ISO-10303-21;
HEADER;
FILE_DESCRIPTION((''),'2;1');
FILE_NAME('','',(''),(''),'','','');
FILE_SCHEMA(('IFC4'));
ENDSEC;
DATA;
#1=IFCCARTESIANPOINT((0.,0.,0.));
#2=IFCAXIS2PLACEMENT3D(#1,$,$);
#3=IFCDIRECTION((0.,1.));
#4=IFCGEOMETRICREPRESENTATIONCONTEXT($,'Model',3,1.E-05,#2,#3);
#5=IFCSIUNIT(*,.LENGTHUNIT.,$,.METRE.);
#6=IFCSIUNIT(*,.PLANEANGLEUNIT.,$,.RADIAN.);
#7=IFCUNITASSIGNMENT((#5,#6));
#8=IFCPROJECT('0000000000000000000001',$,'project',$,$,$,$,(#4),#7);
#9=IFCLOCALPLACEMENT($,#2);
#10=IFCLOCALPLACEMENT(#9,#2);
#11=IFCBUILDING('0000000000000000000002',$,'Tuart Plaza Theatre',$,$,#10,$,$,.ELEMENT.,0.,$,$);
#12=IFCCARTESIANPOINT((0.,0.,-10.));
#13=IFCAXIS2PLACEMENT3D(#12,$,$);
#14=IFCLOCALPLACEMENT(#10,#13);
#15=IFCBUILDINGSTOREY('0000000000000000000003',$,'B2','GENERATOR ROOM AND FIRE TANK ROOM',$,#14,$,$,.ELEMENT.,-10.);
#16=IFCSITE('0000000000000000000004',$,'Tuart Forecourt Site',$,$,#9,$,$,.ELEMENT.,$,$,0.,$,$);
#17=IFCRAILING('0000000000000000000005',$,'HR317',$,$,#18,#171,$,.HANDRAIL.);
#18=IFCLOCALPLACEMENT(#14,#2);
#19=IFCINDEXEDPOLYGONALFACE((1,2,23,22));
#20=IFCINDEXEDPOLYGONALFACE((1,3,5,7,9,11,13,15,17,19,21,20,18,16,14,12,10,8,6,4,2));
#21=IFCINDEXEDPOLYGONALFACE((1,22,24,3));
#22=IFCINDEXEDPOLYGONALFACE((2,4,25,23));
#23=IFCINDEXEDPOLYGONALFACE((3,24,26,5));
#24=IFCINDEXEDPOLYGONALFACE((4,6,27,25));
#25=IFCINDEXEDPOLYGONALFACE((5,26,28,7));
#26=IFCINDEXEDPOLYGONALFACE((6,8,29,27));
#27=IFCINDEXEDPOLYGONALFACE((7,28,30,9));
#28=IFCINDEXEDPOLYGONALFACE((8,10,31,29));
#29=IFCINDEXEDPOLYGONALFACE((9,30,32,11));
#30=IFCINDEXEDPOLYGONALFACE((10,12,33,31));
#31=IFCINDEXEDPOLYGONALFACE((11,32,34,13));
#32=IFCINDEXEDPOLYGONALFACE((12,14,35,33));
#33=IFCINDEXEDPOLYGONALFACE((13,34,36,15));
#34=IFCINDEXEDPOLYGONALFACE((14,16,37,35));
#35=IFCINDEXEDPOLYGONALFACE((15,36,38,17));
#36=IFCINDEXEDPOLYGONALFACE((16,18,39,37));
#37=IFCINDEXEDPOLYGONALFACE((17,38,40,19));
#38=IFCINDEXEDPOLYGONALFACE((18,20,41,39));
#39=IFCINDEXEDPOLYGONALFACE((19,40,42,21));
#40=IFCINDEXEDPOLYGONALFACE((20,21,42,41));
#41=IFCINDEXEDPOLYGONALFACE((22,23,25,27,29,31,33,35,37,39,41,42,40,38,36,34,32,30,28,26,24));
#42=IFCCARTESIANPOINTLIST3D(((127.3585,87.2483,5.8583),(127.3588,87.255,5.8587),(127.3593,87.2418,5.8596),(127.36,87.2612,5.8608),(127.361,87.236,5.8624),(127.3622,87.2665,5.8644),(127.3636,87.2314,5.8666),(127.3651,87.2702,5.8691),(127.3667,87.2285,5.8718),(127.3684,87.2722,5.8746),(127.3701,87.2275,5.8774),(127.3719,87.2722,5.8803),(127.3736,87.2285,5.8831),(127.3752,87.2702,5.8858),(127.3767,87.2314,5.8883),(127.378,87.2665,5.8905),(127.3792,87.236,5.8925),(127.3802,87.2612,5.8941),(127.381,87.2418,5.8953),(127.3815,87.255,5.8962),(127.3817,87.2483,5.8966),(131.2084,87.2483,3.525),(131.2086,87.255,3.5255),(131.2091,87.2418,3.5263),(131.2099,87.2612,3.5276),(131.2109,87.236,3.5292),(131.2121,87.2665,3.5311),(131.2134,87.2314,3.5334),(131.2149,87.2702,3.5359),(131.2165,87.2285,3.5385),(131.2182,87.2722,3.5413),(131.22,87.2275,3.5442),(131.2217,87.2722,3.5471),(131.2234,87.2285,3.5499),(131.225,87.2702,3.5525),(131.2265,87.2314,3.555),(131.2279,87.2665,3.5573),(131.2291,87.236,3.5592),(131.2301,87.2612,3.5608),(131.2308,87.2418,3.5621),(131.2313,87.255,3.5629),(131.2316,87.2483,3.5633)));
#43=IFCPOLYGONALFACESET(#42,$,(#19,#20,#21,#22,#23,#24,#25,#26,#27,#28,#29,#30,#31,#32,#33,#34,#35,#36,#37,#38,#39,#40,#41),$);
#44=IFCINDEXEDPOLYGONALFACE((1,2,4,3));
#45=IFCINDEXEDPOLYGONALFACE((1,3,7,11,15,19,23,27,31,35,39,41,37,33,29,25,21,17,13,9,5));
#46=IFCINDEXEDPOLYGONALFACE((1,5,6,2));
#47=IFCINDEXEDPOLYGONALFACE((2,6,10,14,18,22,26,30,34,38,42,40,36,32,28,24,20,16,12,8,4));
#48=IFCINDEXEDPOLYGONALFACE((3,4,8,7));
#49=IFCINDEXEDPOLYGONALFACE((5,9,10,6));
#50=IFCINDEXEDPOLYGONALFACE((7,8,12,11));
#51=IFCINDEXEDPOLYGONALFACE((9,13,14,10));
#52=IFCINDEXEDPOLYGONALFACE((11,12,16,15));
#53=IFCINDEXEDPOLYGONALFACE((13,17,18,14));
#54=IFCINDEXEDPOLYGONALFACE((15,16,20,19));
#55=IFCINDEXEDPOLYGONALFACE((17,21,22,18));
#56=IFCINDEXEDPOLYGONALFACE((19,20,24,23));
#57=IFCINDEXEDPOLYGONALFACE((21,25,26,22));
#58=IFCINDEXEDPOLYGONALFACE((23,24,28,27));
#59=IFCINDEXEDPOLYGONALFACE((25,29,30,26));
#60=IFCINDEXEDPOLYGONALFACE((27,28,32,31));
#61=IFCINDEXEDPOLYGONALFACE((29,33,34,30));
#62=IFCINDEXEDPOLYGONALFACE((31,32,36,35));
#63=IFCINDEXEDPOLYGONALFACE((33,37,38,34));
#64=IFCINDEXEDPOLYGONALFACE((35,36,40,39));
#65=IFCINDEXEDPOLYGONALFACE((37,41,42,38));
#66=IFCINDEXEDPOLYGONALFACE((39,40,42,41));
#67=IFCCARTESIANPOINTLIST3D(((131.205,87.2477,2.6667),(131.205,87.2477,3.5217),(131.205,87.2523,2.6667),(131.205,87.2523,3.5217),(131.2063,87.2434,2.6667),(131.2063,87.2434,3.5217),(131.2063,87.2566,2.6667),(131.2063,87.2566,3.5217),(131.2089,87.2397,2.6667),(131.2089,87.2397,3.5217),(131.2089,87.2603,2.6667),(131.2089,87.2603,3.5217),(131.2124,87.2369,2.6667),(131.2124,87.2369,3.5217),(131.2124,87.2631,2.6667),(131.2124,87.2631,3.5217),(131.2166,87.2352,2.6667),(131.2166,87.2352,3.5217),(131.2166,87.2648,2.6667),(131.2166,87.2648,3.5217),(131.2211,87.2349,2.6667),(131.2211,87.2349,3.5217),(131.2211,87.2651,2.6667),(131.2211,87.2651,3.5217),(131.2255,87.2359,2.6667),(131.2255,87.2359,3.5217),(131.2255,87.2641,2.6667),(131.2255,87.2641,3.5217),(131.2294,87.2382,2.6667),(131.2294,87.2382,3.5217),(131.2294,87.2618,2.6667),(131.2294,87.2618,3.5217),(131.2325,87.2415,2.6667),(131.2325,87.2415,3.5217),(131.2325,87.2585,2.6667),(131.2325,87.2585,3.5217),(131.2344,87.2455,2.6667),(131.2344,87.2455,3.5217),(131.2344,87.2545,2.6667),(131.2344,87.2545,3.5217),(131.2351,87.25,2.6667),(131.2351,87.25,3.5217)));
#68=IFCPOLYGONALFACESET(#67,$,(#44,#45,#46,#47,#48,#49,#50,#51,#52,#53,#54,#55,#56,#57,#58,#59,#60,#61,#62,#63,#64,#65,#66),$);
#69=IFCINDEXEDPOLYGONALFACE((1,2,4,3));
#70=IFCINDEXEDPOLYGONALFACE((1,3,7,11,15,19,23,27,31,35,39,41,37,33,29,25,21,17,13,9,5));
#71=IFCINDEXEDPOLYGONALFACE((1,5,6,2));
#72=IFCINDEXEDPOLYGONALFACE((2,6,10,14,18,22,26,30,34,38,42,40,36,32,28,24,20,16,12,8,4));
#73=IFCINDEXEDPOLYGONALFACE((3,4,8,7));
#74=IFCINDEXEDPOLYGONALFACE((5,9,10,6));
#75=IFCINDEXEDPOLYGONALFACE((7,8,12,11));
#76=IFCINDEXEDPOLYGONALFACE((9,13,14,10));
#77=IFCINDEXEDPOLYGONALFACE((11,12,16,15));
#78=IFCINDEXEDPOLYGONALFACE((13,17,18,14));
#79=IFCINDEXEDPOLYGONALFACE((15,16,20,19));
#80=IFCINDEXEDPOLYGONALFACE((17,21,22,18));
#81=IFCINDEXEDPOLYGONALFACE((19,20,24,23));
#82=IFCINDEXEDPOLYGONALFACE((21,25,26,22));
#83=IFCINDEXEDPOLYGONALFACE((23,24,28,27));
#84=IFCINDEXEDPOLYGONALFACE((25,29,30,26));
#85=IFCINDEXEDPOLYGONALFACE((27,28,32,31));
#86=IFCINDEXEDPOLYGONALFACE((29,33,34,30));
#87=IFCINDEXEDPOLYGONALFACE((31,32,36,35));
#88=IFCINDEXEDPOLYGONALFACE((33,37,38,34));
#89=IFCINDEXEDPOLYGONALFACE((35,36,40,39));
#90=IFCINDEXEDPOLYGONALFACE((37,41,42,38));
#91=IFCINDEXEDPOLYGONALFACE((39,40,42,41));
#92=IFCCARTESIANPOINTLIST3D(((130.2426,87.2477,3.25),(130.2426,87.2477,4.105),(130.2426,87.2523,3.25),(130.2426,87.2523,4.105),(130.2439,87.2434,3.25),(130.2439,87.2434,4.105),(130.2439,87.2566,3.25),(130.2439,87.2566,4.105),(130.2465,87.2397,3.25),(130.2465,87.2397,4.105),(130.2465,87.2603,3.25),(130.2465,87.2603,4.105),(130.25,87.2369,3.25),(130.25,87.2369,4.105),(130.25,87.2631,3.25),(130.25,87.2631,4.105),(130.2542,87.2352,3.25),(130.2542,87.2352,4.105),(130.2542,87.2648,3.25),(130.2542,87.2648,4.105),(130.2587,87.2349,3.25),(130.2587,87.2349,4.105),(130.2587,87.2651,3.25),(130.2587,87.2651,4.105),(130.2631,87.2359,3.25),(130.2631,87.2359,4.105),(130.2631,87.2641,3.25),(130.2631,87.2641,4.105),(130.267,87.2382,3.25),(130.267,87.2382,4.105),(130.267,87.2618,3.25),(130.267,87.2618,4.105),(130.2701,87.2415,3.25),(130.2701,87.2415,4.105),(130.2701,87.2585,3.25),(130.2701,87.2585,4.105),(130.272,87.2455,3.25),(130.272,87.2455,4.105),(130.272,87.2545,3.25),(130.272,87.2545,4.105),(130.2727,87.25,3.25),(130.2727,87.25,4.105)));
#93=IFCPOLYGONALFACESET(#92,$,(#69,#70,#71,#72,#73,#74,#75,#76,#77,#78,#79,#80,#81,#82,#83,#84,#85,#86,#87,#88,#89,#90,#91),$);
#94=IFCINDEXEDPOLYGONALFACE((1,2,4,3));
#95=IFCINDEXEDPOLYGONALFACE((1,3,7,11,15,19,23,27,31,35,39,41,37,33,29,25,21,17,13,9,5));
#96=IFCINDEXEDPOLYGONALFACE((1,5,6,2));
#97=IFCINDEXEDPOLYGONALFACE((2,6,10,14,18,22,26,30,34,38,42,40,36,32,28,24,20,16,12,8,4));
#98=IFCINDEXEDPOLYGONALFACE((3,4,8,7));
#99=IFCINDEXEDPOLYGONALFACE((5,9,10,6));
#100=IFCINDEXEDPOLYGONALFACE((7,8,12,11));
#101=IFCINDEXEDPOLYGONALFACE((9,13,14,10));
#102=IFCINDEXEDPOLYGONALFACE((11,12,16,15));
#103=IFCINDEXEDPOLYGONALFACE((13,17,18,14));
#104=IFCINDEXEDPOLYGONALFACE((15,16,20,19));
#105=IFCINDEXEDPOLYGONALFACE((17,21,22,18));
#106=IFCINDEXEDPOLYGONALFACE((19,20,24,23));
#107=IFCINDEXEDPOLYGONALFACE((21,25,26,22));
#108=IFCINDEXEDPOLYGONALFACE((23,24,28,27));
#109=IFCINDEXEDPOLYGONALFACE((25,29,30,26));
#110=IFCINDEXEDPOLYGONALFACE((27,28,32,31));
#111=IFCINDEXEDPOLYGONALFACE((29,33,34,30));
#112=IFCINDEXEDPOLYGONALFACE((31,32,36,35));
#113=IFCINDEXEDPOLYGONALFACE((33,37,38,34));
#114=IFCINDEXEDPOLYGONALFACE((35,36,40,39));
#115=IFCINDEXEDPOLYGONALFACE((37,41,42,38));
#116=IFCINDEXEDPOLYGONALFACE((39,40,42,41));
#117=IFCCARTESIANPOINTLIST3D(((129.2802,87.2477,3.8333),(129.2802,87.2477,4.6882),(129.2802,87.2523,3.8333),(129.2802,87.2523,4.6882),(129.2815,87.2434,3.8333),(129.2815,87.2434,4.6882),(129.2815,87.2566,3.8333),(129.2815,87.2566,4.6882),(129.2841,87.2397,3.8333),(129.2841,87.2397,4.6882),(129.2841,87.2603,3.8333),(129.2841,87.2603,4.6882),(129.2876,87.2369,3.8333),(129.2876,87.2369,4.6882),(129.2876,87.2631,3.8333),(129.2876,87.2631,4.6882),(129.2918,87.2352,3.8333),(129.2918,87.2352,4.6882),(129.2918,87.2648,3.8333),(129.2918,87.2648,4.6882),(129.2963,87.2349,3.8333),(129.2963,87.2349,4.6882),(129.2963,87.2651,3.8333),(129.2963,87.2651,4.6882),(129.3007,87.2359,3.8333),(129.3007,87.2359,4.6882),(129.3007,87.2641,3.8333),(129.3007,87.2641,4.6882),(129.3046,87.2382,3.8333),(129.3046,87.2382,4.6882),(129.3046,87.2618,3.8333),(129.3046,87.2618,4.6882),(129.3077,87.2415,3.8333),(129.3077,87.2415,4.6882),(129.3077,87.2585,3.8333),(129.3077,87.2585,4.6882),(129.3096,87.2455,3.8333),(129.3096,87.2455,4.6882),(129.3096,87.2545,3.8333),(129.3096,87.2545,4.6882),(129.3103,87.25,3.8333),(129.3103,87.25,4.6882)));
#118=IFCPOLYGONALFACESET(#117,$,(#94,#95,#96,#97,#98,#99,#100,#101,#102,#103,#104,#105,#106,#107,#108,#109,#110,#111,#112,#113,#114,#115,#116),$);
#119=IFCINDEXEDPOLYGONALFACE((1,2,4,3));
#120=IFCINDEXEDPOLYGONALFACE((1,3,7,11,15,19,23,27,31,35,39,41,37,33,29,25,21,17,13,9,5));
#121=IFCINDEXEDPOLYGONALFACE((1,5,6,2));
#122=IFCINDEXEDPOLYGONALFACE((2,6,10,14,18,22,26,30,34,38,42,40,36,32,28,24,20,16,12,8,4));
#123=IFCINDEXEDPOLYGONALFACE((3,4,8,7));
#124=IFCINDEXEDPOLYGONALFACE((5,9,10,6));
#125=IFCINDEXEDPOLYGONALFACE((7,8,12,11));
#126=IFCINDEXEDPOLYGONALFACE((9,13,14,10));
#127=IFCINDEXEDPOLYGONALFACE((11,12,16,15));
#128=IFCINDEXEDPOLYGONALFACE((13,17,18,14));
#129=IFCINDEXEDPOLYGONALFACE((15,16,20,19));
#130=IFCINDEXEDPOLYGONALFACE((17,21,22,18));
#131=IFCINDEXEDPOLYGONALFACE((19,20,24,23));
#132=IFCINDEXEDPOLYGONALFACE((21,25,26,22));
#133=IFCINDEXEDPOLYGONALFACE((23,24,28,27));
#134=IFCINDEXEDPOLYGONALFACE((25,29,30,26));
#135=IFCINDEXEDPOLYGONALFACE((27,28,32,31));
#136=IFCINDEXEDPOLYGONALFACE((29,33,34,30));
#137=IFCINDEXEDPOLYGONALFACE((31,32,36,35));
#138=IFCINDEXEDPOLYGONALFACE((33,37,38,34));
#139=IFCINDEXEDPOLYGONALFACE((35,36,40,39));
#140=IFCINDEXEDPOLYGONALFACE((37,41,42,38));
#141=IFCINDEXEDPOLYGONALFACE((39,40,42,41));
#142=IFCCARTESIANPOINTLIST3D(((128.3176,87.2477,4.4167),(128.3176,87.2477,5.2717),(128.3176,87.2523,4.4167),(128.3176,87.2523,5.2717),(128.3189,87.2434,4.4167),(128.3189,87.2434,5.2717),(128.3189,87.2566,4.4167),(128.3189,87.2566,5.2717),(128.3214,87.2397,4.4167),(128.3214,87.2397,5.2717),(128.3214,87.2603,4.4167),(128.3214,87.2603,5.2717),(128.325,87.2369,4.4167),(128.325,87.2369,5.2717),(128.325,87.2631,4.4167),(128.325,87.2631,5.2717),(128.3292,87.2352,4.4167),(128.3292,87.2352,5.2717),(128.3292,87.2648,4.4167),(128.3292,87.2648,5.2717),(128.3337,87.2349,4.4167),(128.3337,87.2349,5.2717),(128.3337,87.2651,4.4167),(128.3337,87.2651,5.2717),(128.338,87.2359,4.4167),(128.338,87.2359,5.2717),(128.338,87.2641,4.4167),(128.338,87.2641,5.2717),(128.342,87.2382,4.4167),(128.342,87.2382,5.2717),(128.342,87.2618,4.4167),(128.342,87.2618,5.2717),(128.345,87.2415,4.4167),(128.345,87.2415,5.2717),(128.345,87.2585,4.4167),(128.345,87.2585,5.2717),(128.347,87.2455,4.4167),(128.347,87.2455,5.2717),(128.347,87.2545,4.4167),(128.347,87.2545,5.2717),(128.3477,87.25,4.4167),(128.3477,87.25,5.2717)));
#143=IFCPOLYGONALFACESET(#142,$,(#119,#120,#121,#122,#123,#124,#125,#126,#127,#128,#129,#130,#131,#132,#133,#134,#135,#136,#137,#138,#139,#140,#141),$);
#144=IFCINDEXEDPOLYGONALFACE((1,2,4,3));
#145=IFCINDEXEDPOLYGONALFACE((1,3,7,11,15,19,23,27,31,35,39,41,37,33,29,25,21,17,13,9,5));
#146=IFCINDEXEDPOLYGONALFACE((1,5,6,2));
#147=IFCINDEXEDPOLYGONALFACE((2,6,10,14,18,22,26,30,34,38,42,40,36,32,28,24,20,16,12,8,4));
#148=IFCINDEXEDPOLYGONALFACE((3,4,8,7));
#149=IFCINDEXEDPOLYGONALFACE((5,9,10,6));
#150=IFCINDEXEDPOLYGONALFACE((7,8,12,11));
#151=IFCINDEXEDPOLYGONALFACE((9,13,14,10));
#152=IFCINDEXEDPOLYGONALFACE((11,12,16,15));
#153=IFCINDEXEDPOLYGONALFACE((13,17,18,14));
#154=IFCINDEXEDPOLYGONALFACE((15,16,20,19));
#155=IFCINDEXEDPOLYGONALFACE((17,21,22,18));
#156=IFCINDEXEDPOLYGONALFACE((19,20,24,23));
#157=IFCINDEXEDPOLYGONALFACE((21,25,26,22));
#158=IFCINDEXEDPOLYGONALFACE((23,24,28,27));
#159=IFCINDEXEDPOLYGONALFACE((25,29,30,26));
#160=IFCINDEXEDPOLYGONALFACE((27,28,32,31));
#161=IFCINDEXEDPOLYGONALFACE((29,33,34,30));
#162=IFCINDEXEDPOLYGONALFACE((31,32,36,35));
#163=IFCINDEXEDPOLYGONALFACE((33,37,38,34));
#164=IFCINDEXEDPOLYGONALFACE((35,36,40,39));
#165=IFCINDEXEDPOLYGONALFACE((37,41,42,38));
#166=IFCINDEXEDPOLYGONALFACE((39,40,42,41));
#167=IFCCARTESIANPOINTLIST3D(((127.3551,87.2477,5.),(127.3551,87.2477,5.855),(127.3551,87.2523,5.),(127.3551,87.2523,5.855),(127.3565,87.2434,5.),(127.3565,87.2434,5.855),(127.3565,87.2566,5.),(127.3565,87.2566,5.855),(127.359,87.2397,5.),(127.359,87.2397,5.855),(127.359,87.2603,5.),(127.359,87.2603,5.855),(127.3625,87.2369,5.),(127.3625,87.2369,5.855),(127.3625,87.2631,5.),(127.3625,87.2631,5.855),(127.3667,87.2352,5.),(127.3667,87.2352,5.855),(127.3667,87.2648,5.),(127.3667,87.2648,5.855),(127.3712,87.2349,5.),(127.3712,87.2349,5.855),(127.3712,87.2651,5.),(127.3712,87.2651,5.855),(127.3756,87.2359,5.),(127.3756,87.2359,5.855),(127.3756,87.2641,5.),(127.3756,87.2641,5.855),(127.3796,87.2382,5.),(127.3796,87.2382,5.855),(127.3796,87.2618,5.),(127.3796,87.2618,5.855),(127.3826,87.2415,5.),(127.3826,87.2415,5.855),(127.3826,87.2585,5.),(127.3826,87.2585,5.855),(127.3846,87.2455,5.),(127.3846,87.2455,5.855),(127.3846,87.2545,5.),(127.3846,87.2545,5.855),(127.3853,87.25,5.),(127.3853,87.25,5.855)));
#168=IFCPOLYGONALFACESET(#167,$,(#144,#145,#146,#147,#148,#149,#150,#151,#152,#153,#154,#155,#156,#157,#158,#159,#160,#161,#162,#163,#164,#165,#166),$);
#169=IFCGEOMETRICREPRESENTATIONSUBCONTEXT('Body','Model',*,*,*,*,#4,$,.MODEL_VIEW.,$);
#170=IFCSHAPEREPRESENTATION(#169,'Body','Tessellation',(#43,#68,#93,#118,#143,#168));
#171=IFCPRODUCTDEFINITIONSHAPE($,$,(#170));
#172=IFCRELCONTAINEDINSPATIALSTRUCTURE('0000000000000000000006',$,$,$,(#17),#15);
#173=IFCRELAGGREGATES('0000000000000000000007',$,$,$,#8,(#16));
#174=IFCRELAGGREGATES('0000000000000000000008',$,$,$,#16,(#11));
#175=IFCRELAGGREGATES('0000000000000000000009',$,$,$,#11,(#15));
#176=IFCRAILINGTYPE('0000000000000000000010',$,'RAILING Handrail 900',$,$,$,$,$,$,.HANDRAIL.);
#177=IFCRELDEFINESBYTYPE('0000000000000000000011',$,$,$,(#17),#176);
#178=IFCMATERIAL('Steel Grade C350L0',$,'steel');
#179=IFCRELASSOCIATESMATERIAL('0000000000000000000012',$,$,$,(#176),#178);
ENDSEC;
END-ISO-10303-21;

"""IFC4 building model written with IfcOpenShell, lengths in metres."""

from ifc_helpers import new_model, si_unit, direction, frame, origin, origin_2d, place, context, subcontext, project, spatial, circle, extrude, material, type_object, element, save


model = new_model("IFC4")

# Units and contexts
model_context = context("Model", 3, precision=1e-05, world=origin(), true_north=direction((0.0, 1.0)))
body_context = subcontext(model_context, "Body", "Model", "MODEL_VIEW")
ifc_project = project(units=[si_unit("LENGTHUNIT", "METRE"), si_unit("PLANEANGLEUNIT", "RADIAN")], contexts=[model_context])

# Site, building, storey
site_placement = place(None, origin())
site = spatial("IfcSite", under=ifc_project, at=site_placement, Name="Tuart Forecourt Site", CompositionType="ELEMENT", RefElevation=0.0)
building_placement = place(site_placement, origin())
building = spatial("IfcBuilding", under=site, at=building_placement, Name="Tuart Plaza Theatre", CompositionType="ELEMENT", ElevationOfRefHeight=0.0)
storey_placement = place(building_placement, frame((0.0, 0.0, -10.0)))
storey = spatial("IfcBuildingStorey", under=building, at=storey_placement, Name="B2", Description="GENERATOR ROOM AND FIRE TANK ROOM", CompositionType="ELEMENT", Elevation=-10.0)

# Railing
ifc_material_1 = material(Name="Steel Grade C350L0", Category="steel")
railing_type_1 = type_object("IfcRailingType", Name="RAILING Handrail 900", PredefinedType="HANDRAIL", material=ifc_material_1)
for number, where, name in (
    (1, (131.22, 87.25, 2.6667), "HR317"),
):
    element("IfcRailing", number, at=place(storey_placement, frame(where)), inside=storey, type_object=railing_type_1, Name=name, PredefinedType="HANDRAIL", context=body_context, shape_type="SweptSolid", body=[
        extrude(circle(Radius=0.0225, at=origin_2d()), frame((0.0, 0.0, 0.8774), z_axis=(-0.855197, 0.0, 0.518303), x_axis=(0.0, -1.0, 0.0)), (0.0, 0.0, 1.0), 4.5017),
        extrude(circle(Radius=0.0151, at=origin_2d()), origin(), (0.0, 0.0, 1.0), 0.855),
        extrude(circle(Radius=0.0151, at=origin_2d()), frame((-0.9624, 0.0, 0.5833)), (0.0, 0.0, 1.0), 0.855),
        extrude(circle(Radius=0.0151, at=origin_2d()), frame((-1.9248, 0.0, 1.1665)), (0.0, 0.0, 1.0), 0.855),
        extrude(circle(Radius=0.0151, at=origin_2d()), frame((-2.8875, 0.0, 1.75)), (0.0, 0.0, 1.0), 0.855),
        extrude(circle(Radius=0.0151, at=origin_2d()), frame((-3.8499, 0.0, 2.3333)), (0.0, 0.0, 1.0), 0.855),
    ])

save(model, "model.ifc")
